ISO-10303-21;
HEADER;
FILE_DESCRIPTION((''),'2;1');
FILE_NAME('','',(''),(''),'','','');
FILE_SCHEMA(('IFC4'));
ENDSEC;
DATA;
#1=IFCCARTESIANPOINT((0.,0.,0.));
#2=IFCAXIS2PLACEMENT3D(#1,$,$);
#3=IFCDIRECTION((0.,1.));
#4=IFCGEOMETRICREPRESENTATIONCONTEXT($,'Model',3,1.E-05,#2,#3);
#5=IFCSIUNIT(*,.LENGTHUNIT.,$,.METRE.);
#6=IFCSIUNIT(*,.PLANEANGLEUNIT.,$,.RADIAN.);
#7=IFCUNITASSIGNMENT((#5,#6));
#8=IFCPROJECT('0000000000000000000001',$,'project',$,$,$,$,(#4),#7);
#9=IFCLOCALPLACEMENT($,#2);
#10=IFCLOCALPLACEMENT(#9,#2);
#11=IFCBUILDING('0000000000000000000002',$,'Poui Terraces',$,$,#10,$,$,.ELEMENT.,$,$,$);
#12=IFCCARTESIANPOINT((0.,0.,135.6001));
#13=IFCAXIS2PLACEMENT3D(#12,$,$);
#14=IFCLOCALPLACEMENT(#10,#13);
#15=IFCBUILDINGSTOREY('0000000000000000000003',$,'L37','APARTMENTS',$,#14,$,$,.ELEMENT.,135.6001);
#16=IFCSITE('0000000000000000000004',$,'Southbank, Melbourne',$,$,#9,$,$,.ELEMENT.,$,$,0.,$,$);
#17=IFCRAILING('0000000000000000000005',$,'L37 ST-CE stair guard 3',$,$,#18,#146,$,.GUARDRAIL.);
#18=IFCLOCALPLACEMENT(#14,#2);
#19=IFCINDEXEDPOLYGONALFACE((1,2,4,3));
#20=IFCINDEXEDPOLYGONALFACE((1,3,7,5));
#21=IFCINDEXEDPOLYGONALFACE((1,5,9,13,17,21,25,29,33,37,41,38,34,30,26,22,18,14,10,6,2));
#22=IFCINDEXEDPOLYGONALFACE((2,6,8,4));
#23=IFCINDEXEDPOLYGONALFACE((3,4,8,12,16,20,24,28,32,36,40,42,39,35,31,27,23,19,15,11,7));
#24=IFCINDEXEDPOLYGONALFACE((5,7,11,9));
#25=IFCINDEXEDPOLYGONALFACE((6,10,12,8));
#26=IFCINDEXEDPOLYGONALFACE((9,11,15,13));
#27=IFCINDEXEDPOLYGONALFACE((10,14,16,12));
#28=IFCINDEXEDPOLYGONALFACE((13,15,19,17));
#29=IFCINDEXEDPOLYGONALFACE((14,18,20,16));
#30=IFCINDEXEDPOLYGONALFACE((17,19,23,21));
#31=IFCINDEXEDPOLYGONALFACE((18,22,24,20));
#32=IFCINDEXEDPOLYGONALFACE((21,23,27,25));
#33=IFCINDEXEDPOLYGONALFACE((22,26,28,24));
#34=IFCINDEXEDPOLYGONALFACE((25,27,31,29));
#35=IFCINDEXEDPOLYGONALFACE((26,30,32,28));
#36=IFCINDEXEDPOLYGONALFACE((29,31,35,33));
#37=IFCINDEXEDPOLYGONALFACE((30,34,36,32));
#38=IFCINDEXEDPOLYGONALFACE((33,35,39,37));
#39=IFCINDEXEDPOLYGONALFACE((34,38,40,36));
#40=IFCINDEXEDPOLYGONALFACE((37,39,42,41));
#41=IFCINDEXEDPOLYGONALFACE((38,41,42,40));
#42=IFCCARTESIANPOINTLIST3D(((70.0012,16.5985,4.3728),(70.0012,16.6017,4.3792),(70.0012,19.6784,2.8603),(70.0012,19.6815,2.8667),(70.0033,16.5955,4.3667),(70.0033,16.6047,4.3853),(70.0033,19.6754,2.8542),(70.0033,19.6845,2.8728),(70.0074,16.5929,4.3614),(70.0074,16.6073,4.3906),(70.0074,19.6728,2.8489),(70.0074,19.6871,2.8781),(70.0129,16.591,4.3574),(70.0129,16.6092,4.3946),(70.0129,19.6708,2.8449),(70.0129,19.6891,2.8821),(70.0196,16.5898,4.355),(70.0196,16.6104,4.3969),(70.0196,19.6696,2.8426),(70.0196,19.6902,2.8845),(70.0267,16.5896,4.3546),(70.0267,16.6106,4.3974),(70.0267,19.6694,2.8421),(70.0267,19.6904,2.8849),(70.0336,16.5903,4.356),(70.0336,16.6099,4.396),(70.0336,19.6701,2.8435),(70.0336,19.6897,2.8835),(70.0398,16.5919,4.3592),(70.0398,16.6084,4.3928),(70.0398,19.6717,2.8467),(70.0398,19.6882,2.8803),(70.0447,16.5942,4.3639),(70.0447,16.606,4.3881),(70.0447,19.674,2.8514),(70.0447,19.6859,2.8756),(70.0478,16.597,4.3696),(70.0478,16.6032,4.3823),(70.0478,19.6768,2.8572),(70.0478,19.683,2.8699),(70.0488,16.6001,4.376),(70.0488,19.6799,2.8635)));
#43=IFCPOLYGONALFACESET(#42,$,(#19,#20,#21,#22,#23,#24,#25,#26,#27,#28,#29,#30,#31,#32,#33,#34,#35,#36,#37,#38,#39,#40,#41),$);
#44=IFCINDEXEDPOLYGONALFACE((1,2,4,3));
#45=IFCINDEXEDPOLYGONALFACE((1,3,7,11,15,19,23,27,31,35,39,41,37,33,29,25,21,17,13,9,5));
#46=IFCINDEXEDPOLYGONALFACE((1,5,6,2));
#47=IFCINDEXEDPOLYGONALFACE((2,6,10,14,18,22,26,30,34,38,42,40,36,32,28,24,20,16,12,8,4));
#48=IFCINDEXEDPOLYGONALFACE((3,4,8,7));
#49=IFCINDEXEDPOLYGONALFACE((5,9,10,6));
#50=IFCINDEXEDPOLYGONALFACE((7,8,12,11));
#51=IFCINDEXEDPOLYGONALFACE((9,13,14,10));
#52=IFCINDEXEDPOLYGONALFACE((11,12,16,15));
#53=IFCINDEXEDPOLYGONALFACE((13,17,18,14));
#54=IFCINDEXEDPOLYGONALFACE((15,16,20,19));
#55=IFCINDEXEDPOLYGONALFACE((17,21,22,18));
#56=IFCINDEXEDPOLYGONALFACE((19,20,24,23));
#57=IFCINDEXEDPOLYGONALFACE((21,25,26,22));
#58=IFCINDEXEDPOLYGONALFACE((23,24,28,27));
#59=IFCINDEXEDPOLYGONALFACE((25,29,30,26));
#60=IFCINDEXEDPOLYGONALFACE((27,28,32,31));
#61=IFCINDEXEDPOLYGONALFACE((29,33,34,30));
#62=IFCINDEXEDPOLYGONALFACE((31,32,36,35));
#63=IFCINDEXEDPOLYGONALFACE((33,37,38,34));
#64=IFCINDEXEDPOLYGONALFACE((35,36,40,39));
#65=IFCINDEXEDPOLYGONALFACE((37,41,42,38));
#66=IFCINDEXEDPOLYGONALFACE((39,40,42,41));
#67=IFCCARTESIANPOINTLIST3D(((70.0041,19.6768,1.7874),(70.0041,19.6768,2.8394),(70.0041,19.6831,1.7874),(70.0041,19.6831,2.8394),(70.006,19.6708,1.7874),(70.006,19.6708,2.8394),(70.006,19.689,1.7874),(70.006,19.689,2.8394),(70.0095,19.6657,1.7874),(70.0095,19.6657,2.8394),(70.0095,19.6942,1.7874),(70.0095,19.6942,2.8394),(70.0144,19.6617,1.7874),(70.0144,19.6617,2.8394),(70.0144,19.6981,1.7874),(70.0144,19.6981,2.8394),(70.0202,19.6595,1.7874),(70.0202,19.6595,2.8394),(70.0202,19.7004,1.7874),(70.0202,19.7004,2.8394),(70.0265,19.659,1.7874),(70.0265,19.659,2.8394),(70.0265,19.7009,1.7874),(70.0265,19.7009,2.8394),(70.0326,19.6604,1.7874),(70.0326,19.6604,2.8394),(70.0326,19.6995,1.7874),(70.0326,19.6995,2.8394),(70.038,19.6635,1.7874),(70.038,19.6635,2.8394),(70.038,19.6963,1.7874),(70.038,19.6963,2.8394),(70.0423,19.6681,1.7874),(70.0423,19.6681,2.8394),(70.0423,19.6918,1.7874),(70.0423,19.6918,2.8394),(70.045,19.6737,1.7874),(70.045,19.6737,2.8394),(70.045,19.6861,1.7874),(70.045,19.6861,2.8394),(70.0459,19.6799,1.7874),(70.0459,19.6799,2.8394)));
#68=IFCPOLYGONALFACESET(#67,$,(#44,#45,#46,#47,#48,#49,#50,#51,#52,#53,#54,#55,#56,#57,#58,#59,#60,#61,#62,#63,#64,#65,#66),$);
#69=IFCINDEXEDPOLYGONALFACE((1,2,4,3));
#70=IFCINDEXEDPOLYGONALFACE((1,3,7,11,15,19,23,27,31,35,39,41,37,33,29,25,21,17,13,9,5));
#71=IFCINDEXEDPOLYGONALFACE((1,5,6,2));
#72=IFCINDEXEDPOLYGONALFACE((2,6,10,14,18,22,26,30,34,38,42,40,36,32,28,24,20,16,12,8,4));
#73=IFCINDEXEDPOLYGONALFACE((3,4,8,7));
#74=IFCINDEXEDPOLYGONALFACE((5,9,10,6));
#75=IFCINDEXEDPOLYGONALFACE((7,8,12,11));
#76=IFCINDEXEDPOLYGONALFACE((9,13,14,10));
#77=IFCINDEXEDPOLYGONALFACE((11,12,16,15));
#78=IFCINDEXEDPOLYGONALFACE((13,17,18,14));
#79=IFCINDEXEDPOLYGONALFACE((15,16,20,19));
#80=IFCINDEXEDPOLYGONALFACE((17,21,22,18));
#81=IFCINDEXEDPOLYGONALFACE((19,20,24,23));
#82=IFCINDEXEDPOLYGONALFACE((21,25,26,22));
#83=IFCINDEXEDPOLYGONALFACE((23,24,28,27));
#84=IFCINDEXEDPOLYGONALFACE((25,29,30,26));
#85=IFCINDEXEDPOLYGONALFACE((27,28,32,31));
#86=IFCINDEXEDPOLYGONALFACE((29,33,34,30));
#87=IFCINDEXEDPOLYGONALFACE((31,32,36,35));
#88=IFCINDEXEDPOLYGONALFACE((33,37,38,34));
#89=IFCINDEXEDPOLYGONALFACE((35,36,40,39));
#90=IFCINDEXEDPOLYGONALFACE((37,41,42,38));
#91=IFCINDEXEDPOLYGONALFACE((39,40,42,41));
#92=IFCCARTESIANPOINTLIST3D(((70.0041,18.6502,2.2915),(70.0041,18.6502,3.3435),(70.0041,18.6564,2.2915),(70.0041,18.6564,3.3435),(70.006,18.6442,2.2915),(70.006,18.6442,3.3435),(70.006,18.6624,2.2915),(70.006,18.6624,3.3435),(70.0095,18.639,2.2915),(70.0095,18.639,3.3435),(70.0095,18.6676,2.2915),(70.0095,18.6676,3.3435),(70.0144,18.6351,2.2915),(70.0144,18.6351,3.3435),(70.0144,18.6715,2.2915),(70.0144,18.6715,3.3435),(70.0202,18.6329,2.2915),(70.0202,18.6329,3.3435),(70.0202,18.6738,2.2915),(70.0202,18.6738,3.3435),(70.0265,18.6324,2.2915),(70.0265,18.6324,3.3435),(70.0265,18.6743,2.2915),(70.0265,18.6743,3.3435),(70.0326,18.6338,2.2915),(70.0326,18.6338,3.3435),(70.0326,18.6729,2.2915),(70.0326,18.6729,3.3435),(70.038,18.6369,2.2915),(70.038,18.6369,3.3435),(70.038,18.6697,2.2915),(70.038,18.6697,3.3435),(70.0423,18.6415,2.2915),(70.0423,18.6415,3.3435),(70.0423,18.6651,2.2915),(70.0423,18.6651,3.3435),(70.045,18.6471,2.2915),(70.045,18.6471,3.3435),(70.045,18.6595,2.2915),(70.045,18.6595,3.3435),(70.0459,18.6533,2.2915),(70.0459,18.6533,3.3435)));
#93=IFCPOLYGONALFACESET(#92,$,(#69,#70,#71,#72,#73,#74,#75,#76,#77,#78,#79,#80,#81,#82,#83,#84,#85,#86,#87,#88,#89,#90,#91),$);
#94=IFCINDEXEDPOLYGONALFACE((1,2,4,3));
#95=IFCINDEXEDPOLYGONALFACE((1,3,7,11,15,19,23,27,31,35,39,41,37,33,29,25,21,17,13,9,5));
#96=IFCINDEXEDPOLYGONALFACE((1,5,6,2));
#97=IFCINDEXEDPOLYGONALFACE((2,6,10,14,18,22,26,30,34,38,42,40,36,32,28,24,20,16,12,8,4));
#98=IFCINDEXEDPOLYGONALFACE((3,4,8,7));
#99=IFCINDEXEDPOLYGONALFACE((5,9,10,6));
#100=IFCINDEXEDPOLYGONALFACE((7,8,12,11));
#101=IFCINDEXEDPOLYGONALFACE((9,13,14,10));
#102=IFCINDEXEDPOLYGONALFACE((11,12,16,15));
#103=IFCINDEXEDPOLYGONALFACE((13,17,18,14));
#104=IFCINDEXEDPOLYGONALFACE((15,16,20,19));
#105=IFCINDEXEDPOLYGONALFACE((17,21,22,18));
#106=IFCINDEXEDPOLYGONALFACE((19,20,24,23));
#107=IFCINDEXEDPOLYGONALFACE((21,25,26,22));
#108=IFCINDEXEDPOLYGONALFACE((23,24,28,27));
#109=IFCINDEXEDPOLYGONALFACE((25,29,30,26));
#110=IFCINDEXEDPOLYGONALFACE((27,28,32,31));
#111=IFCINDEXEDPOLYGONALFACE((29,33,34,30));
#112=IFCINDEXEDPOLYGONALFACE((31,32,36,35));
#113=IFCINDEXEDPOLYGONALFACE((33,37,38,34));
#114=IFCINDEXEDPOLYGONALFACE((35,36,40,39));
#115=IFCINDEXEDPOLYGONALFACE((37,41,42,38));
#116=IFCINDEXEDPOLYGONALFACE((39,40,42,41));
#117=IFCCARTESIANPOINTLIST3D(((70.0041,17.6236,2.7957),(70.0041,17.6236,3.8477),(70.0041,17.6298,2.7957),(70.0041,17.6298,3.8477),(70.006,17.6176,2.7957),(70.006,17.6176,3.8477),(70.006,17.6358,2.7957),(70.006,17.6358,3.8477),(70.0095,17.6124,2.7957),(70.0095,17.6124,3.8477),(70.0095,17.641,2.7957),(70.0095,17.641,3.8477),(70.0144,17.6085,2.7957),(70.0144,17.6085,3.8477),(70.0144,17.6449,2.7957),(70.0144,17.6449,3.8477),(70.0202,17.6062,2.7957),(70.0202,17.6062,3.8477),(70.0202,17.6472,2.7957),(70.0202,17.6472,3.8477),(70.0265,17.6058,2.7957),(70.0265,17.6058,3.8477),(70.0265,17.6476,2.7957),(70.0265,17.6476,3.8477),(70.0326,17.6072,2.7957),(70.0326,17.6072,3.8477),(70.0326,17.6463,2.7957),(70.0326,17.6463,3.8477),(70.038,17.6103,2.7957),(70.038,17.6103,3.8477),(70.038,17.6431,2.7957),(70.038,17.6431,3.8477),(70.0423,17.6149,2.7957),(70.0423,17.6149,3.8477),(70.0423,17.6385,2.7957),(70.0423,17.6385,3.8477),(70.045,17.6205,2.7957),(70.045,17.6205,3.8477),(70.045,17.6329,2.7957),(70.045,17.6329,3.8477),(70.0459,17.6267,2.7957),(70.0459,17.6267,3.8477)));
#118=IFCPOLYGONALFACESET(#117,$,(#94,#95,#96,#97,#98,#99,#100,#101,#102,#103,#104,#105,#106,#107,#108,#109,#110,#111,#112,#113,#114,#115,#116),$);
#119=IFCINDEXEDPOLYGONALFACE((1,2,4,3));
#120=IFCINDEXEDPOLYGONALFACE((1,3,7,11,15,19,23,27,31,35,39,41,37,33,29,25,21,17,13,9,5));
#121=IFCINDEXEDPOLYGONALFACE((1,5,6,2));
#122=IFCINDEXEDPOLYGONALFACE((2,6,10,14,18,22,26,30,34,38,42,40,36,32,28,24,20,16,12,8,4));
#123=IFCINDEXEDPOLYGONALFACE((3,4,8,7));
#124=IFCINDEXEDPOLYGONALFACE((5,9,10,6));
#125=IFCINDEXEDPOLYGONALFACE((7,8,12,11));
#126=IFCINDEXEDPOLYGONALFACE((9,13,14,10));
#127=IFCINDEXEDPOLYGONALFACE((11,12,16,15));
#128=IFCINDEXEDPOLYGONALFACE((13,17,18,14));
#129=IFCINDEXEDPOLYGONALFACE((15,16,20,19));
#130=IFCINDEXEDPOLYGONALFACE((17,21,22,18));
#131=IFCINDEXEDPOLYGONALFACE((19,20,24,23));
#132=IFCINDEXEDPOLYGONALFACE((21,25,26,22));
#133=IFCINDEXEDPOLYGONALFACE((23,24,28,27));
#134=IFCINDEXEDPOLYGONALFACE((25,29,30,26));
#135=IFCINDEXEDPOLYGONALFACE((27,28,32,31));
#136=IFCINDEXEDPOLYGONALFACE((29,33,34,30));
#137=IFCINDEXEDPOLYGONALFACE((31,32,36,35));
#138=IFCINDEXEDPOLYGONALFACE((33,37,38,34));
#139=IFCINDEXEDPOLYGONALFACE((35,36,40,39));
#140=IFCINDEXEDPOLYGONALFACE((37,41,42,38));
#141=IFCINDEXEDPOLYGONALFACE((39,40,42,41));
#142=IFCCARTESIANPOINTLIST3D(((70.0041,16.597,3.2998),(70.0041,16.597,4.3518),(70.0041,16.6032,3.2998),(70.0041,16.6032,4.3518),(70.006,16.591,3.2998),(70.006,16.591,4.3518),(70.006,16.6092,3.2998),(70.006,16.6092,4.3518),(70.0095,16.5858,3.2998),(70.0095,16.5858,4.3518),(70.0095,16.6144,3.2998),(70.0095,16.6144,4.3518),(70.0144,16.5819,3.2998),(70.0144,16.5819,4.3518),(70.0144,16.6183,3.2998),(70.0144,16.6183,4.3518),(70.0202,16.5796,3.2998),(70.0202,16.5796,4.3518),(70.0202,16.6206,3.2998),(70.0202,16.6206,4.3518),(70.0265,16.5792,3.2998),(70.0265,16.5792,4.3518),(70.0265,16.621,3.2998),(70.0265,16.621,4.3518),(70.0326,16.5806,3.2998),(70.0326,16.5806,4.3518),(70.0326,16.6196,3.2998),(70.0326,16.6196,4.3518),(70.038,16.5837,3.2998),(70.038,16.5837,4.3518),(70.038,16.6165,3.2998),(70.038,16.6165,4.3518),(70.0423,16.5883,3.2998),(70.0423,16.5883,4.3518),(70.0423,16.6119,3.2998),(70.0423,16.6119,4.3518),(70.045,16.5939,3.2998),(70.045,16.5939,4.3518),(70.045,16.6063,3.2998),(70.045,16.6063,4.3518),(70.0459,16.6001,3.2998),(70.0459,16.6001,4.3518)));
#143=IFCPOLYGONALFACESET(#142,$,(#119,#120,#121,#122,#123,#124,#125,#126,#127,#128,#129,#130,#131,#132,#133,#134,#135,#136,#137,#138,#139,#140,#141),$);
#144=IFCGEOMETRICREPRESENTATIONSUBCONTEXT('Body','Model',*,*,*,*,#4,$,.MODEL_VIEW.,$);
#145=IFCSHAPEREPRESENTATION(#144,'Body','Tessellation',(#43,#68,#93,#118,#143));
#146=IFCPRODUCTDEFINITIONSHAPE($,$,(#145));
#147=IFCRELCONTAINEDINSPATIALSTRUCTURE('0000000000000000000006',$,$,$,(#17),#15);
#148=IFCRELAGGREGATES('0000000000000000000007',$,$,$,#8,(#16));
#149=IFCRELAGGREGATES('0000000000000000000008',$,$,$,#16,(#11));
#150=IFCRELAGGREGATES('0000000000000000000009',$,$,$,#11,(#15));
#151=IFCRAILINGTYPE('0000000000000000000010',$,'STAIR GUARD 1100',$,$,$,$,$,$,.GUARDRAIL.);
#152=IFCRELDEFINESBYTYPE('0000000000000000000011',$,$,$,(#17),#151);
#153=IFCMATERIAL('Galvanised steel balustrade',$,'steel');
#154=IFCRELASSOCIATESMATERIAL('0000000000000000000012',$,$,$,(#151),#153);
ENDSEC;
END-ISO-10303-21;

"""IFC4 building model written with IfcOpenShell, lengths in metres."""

from ifc_helpers import new_model, si_unit, direction, frame, origin, origin_2d, place, context, subcontext, project, spatial, circle, extrude, material, type_object, element, save


model = new_model("IFC4")

# Units and contexts
model_context = context("Model", 3, precision=1e-05, world=origin(), true_north=direction((0.0, 1.0)))
body_context = subcontext(model_context, "Body", "Model", "MODEL_VIEW")
ifc_project = project(units=[si_unit("LENGTHUNIT", "METRE"), si_unit("PLANEANGLEUNIT", "RADIAN")], contexts=[model_context])

# Site, building, storey
site_placement = place(None, origin())
site = spatial("IfcSite", under=ifc_project, at=site_placement, Name="Southbank, Melbourne", CompositionType="ELEMENT", RefElevation=0.0)
building_placement = place(site_placement, origin())
building = spatial("IfcBuilding", under=site, at=building_placement, Name="Poui Terraces", CompositionType="ELEMENT")
storey_placement = place(building_placement, frame((0.0, 0.0, 135.6001)))
storey = spatial("IfcBuildingStorey", under=building, at=storey_placement, Name="L37", Description="APARTMENTS", CompositionType="ELEMENT", Elevation=135.6001)

# Railing
ifc_material_1 = material(Name="Galvanised steel balustrade", Category="steel")
railing_type_1 = type_object("IfcRailingType", Name="STAIR GUARD 1100", PredefinedType="GUARDRAIL", material=ifc_material_1)
railing_1_placement = place(storey_placement, frame((70.0249, 19.6799, 1.7874)))
element("IfcRailing", 1, at=railing_1_placement, inside=storey, type_object=railing_type_1, Name="L37 ST-CE stair guard 3", PredefinedType="GUARDRAIL", context=body_context, shape_type="SweptSolid", body=[
    extrude(circle(Radius=0.0239, at=origin_2d()), frame((0.0, 0.0, 1.0762), z_axis=(0.0, -0.897606, 0.440798), x_axis=(1.0, 0.0, 0.0)), (0.0, 0.0, 1.0), 3.4312),
    extrude(circle(Radius=0.021, at=origin_2d()), origin(), (0.0, 0.0, 1.0), 1.052),
    extrude(circle(Radius=0.021, at=origin_2d()), frame((0.0, -1.0266, 0.5042)), (0.0, 0.0, 1.0), 1.052),
    extrude(circle(Radius=0.021, at=origin_2d()), frame((0.0, -2.0532, 1.0083)), (0.0, 0.0, 1.0), 1.052),
    extrude(circle(Radius=0.021, at=origin_2d()), frame((0.0, -3.0798, 1.5125)), (0.0, 0.0, 1.0), 1.052),
])

save(model, "model.ifc")
